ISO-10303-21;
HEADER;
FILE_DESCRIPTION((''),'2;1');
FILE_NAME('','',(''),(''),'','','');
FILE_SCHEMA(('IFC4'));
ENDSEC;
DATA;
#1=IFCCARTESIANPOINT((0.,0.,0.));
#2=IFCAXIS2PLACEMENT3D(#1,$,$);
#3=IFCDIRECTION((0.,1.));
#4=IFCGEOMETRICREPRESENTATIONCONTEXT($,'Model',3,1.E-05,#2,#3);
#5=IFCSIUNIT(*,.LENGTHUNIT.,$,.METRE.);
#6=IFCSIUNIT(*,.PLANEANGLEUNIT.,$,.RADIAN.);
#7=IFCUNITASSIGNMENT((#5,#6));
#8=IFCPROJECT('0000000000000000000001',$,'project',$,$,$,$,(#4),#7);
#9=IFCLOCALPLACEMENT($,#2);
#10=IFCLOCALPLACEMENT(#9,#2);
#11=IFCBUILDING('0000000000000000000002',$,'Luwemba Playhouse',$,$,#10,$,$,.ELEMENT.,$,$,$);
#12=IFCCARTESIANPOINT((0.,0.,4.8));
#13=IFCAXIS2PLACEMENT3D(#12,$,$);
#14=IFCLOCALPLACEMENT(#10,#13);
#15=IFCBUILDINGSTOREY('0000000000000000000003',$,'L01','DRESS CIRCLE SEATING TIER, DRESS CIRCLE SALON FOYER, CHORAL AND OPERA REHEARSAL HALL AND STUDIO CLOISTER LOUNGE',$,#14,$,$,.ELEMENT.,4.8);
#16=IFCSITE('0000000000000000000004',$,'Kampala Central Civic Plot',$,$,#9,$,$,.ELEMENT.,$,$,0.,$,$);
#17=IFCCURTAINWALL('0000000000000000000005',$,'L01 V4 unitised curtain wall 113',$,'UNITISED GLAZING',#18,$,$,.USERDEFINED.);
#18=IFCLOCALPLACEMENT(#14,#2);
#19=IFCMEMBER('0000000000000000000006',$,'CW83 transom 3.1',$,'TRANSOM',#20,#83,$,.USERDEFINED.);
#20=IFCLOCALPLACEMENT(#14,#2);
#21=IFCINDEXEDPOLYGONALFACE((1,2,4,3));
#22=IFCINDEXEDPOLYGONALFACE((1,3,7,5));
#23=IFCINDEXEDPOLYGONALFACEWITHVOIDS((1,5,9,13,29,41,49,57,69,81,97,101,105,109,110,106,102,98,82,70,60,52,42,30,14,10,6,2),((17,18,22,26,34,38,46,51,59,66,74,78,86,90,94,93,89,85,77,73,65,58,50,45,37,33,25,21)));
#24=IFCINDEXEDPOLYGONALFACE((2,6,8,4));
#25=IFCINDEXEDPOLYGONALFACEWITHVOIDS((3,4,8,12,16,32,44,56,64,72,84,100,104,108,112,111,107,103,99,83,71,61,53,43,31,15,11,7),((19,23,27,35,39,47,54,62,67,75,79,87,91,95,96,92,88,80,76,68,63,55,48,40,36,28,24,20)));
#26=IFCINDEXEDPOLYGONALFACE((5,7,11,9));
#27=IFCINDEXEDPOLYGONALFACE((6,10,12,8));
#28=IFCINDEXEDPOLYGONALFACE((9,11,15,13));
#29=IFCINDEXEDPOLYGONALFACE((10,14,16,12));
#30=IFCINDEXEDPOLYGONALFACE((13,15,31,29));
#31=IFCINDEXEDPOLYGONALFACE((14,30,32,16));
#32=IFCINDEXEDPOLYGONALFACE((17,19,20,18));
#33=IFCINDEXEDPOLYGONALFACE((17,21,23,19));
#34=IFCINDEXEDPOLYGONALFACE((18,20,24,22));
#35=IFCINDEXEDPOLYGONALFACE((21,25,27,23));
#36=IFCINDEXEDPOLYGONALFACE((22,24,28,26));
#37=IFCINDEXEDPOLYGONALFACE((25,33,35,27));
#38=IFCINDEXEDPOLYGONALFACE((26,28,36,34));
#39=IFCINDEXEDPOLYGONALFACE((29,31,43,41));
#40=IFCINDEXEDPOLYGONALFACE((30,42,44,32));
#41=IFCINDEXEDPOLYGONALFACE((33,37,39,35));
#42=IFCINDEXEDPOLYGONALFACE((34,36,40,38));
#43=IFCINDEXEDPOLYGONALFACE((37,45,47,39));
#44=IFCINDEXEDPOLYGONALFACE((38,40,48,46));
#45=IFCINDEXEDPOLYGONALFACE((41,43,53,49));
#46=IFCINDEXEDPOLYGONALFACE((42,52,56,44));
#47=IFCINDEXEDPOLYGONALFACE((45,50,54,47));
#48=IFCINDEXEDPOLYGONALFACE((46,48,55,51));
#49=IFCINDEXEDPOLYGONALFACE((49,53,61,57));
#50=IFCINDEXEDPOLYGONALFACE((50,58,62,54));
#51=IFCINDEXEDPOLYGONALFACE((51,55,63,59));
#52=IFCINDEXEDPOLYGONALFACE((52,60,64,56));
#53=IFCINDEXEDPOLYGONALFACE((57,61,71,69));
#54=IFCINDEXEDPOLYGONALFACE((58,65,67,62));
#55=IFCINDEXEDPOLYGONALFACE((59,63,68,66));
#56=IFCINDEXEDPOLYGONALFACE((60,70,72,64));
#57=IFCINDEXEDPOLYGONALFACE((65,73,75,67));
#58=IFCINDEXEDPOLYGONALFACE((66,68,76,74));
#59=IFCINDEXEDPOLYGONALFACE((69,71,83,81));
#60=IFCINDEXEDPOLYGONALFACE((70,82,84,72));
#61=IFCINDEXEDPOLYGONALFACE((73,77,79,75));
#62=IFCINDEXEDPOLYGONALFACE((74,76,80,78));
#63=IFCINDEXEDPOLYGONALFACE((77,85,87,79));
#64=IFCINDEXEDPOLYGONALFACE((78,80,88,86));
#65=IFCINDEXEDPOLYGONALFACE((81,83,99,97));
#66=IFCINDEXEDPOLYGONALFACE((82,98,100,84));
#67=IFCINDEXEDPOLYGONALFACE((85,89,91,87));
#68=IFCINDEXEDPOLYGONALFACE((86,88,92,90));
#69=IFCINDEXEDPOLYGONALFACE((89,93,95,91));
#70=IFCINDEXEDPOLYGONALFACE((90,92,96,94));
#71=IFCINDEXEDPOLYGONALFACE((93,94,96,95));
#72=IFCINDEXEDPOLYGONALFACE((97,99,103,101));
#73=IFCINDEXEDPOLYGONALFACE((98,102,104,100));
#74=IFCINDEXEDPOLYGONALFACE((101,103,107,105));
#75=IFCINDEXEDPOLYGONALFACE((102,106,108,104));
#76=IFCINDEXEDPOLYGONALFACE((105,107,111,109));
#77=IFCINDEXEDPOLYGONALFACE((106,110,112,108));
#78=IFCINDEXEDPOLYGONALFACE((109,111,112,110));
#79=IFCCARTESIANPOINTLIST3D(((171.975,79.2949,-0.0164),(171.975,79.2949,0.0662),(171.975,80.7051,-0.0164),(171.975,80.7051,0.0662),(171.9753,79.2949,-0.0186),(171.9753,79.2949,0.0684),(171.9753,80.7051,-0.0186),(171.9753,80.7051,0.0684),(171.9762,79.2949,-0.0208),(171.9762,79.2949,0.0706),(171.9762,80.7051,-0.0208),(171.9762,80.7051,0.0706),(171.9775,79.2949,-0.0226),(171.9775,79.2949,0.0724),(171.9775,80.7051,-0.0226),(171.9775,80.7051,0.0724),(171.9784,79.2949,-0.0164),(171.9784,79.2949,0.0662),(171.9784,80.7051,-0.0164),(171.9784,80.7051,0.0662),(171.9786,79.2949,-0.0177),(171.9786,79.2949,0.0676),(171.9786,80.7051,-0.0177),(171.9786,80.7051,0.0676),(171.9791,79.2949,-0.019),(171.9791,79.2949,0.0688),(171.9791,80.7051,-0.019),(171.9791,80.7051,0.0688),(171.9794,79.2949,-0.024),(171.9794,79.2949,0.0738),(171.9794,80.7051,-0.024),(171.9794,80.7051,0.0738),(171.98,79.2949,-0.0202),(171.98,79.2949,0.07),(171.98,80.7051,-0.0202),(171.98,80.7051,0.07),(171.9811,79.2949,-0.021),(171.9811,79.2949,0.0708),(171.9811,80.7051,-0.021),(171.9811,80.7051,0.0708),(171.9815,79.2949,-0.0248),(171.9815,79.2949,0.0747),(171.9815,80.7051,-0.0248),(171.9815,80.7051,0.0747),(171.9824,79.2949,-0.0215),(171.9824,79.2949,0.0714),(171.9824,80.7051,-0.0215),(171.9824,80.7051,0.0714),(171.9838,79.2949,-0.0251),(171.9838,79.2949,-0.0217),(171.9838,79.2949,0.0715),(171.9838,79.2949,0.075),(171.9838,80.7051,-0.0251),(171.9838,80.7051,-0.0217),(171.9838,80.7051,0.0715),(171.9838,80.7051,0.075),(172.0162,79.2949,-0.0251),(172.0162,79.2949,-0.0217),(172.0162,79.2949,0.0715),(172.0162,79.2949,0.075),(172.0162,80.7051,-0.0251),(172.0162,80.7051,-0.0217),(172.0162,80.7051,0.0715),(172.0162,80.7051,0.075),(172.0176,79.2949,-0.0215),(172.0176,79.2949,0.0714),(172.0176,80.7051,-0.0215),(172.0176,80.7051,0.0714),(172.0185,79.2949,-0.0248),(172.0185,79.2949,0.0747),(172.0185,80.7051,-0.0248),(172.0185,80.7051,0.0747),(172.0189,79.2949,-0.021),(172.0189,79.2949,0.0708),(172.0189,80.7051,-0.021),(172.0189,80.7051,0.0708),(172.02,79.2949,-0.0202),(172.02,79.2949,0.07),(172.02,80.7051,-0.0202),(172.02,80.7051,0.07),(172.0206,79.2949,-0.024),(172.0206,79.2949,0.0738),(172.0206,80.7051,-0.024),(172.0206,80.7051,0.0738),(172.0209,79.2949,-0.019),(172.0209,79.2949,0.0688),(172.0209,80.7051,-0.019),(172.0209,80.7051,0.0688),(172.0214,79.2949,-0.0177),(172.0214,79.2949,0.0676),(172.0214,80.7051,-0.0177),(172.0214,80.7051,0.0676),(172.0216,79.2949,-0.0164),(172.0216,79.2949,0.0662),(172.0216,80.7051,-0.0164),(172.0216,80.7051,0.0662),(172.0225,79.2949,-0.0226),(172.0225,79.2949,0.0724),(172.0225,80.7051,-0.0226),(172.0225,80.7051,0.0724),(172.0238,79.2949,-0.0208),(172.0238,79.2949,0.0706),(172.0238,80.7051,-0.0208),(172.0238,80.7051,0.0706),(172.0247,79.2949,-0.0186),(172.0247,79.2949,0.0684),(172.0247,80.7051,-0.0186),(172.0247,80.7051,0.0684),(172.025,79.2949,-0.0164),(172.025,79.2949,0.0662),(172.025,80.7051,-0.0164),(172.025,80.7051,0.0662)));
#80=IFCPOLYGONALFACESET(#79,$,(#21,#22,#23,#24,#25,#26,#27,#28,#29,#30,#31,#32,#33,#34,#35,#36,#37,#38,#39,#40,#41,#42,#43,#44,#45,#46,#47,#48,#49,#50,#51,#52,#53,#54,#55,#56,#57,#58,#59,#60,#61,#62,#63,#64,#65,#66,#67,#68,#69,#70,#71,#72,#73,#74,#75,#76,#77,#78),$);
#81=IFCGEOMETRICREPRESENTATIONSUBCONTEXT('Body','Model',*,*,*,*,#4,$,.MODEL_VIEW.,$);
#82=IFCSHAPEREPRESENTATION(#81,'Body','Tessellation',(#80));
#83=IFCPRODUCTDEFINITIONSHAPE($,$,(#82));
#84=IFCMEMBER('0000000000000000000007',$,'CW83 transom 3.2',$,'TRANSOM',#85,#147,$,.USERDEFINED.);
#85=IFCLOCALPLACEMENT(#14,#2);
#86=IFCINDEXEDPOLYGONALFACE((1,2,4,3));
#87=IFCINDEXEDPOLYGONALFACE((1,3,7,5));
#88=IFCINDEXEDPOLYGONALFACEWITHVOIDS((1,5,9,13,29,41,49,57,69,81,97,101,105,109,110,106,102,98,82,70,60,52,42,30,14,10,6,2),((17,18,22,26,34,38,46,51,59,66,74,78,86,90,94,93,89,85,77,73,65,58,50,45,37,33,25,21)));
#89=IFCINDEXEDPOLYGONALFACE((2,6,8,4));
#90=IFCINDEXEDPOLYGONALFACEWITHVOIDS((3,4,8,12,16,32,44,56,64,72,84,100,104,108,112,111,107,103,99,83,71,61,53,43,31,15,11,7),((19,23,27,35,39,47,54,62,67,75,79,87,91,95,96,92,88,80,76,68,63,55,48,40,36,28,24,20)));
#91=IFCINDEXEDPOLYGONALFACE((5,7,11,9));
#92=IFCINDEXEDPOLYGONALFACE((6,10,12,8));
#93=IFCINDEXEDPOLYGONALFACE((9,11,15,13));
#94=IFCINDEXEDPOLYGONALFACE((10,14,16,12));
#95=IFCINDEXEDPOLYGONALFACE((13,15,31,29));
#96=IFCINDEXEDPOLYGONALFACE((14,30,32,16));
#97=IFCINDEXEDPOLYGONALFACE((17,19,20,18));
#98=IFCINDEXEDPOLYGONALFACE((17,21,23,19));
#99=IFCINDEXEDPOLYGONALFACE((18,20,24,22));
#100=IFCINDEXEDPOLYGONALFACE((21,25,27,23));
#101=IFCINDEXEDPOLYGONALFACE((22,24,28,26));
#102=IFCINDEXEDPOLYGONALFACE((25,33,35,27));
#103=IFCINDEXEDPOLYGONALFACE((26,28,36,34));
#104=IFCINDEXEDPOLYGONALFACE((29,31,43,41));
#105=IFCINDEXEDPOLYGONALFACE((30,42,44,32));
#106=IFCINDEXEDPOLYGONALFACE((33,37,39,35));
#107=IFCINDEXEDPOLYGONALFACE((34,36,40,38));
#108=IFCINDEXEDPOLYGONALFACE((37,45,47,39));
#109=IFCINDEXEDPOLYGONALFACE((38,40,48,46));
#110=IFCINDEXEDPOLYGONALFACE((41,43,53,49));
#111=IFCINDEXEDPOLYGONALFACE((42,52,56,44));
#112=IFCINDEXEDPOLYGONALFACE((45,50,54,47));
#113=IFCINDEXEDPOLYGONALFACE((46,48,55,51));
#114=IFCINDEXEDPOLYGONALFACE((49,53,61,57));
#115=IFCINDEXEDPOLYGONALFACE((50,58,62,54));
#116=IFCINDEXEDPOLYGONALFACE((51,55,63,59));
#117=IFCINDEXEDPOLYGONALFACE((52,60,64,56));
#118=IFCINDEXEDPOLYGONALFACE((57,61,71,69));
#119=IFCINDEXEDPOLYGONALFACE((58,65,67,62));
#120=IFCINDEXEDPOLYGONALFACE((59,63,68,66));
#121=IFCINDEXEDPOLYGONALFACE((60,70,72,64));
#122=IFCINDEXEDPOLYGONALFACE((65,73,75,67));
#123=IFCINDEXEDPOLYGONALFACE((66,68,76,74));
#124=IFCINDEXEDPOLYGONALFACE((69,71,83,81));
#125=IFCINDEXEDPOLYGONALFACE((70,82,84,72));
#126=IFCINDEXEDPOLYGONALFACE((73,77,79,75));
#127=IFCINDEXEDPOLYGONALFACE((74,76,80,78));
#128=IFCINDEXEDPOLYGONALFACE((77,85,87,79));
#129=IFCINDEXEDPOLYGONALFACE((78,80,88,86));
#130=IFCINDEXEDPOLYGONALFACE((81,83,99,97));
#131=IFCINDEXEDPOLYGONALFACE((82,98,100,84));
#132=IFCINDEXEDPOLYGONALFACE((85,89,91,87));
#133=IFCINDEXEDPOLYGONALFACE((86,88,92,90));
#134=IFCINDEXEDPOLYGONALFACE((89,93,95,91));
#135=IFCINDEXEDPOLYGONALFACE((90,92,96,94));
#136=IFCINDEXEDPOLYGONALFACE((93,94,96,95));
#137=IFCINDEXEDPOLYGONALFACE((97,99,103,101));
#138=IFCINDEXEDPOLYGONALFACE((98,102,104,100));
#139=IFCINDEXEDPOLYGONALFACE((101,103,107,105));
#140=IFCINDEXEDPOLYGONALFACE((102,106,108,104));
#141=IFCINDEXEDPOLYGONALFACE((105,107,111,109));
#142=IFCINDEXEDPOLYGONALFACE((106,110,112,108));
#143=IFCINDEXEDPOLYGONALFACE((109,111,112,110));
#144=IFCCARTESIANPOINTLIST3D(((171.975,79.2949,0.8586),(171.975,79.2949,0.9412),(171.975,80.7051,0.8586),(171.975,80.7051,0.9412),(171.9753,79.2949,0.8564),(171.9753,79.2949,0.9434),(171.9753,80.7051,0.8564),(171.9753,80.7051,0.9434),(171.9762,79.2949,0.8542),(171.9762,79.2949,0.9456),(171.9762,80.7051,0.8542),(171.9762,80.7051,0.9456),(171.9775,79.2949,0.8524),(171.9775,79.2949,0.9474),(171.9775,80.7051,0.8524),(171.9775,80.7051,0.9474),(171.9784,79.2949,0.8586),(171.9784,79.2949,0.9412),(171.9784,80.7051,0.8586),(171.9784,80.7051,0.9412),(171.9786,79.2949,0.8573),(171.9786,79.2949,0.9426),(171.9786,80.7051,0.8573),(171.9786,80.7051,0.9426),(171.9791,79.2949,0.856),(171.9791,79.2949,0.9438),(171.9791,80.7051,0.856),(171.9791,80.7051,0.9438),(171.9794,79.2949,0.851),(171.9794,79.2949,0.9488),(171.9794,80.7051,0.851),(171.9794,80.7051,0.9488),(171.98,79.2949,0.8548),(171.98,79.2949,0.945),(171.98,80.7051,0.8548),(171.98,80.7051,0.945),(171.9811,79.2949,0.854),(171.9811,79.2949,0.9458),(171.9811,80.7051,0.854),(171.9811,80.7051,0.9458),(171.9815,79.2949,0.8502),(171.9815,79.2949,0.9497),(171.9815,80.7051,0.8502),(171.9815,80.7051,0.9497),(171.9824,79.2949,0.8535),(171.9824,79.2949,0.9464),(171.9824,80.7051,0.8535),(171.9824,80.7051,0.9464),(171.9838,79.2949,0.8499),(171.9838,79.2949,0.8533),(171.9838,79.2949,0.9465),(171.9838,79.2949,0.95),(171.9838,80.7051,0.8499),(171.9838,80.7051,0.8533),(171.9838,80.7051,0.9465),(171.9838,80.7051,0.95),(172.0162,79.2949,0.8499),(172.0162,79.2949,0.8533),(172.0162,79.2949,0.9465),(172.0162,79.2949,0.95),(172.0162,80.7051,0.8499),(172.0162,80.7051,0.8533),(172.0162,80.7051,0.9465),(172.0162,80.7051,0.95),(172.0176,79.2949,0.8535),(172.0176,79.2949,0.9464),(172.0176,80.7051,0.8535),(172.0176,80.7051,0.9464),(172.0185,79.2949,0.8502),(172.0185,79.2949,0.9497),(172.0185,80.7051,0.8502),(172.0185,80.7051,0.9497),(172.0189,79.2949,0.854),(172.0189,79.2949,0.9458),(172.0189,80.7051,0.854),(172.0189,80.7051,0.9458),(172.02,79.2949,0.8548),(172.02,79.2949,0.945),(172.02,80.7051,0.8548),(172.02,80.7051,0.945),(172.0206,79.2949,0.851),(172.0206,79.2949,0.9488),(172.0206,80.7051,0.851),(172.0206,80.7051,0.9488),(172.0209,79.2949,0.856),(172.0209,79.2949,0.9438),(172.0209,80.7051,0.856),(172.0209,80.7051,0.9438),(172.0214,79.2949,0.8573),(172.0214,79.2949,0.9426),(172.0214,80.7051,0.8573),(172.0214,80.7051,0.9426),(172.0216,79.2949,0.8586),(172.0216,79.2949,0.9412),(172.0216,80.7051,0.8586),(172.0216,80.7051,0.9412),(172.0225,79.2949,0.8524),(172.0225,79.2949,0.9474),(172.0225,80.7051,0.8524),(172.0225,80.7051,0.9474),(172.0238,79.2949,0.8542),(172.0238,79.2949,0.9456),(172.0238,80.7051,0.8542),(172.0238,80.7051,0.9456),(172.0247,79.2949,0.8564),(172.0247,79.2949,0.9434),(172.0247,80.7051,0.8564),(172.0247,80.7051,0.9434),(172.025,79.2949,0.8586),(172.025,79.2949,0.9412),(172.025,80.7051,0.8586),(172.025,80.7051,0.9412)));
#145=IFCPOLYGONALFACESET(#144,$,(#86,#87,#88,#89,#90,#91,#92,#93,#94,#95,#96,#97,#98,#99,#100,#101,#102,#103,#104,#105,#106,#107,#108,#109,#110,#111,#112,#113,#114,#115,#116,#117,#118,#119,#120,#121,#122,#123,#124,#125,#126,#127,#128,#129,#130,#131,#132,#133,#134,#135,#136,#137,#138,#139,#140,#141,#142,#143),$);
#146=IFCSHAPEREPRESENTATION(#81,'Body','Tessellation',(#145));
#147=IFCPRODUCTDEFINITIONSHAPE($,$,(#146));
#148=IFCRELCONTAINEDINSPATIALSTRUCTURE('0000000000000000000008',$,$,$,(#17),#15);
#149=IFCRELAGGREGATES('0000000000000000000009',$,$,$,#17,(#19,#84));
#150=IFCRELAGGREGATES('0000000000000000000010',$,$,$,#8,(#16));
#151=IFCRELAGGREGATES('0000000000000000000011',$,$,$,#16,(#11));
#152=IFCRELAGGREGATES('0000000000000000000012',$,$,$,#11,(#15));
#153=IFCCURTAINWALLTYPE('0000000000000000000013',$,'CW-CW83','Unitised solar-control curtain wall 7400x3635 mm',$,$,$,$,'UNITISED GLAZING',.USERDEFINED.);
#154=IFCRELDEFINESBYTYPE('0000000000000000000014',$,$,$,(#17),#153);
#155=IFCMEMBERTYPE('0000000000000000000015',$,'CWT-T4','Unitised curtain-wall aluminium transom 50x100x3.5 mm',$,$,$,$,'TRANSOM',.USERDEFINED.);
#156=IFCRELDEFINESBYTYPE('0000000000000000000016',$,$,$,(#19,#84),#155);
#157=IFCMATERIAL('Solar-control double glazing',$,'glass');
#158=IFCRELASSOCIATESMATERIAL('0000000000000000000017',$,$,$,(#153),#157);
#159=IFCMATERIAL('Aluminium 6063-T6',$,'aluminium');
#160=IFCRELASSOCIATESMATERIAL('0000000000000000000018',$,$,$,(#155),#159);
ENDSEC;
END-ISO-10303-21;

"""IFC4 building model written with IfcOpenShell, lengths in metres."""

from ifc_helpers import new_model, si_unit, direction, frame, origin, origin_2d, place, context, subcontext, project, spatial, hollow_rectangle, extrude, material, material_profile, profile_set, type_object, element, aggregate, save


model = new_model("IFC4")

# Units and contexts
model_context = context("Model", 3, precision=1e-05, world=origin(), true_north=direction((0.0, 1.0)))
body_context = subcontext(model_context, "Body", "Model", "MODEL_VIEW")
ifc_project = project(units=[si_unit("LENGTHUNIT", "METRE"), si_unit("PLANEANGLEUNIT", "RADIAN")], contexts=[model_context])

# Site, building, storey
site_placement = place(None, origin())
site = spatial("IfcSite", under=ifc_project, at=site_placement, Name="Kampala Central Civic Plot", CompositionType="ELEMENT", RefElevation=0.0)
building_placement = place(site_placement, origin())
building = spatial("IfcBuilding", under=site, at=building_placement, Name="Luwemba Playhouse", CompositionType="ELEMENT")
storey_placement = place(building_placement, frame((0.0, 0.0, 4.8)))
storey = spatial("IfcBuildingStorey", under=building, at=storey_placement, Name="L01", Description="DRESS CIRCLE SEATING TIER, DRESS CIRCLE SALON FOYER, CHORAL AND OPERA REHEARSAL HALL AND STUDIO CLOISTER LOUNGE", CompositionType="ELEMENT", Elevation=4.8)

# Curtain wall, members
ifc_material_1 = material(Name="Solar-control double glazing", Category="glass")
curtain_wall_type = type_object("IfcCurtainWallType", Name="CW-CW83", Description="Unitised solar-control curtain wall 7400x3635 mm", ElementType="UNITISED GLAZING", PredefinedType="USERDEFINED", material=ifc_material_1)
curtain_wall_placement = place(storey_placement, origin())
curtain_wall = element("IfcCurtainWall", 1, at=curtain_wall_placement, inside=storey, type_object=curtain_wall_type, Name="L01 V4 unitised curtain wall 113", ObjectType="UNITISED GLAZING", PredefinedType="USERDEFINED")
ifc_material_2 = material(Name="Aluminium 6063-T6", Category="aluminium")
ifc_material_profile_1 = material_profile(ifc_material_2, hollow_rectangle(XDim=0.05, YDim=0.1001, WallThickness=0.0034, InnerFilletRadius=0.0054, OuterFilletRadius=0.0088, at=origin_2d()))
ifc_profile_set_1 = profile_set([ifc_material_profile_1], Name="Aluminium 6063-T6")
member_type_1 = type_object("IfcMemberType", Name="CWT-T4", Description="Unitised curtain-wall aluminium transom 50x100x3.5 mm", ElementType="TRANSOM", PredefinedType="USERDEFINED", material=ifc_profile_set_1)
member_1_placement = place(storey_placement, frame((172.0, 80.7051, 0.0249), z_axis=(0.0, -1.0, 0.0), x_axis=(1.0, 0.0, 0.0)))
member_1 = element("IfcMember", 2, at=member_1_placement, type_object=member_type_1, Name="CW83 transom 3.1", ObjectType="TRANSOM", PredefinedType="USERDEFINED", context=body_context, shape_type="SweptSolid", body=[
    extrude(hollow_rectangle(XDim=0.05, YDim=0.1001, WallThickness=0.0034, InnerFilletRadius=0.0054, OuterFilletRadius=0.0088, at=origin_2d()), origin(), (0.0, 0.0, 1.0), 1.4102),
])
member_2_placement = place(storey_placement, frame((172.0, 80.7051, 0.8999), z_axis=(0.0, -1.0, 0.0), x_axis=(1.0, 0.0, 0.0)))
member_2 = element("IfcMember", 3, at=member_2_placement, type_object=member_type_1, Name="CW83 transom 3.2", ObjectType="TRANSOM", PredefinedType="USERDEFINED", context=body_context, shape_type="SweptSolid", body=[
    extrude(hollow_rectangle(XDim=0.05, YDim=0.1001, WallThickness=0.0034, InnerFilletRadius=0.0054, OuterFilletRadius=0.0088, at=origin_2d()), origin(), (0.0, 0.0, 1.0), 1.4102),
])
aggregate(curtain_wall, [member_1, member_2])

save(model, "model.ifc")
